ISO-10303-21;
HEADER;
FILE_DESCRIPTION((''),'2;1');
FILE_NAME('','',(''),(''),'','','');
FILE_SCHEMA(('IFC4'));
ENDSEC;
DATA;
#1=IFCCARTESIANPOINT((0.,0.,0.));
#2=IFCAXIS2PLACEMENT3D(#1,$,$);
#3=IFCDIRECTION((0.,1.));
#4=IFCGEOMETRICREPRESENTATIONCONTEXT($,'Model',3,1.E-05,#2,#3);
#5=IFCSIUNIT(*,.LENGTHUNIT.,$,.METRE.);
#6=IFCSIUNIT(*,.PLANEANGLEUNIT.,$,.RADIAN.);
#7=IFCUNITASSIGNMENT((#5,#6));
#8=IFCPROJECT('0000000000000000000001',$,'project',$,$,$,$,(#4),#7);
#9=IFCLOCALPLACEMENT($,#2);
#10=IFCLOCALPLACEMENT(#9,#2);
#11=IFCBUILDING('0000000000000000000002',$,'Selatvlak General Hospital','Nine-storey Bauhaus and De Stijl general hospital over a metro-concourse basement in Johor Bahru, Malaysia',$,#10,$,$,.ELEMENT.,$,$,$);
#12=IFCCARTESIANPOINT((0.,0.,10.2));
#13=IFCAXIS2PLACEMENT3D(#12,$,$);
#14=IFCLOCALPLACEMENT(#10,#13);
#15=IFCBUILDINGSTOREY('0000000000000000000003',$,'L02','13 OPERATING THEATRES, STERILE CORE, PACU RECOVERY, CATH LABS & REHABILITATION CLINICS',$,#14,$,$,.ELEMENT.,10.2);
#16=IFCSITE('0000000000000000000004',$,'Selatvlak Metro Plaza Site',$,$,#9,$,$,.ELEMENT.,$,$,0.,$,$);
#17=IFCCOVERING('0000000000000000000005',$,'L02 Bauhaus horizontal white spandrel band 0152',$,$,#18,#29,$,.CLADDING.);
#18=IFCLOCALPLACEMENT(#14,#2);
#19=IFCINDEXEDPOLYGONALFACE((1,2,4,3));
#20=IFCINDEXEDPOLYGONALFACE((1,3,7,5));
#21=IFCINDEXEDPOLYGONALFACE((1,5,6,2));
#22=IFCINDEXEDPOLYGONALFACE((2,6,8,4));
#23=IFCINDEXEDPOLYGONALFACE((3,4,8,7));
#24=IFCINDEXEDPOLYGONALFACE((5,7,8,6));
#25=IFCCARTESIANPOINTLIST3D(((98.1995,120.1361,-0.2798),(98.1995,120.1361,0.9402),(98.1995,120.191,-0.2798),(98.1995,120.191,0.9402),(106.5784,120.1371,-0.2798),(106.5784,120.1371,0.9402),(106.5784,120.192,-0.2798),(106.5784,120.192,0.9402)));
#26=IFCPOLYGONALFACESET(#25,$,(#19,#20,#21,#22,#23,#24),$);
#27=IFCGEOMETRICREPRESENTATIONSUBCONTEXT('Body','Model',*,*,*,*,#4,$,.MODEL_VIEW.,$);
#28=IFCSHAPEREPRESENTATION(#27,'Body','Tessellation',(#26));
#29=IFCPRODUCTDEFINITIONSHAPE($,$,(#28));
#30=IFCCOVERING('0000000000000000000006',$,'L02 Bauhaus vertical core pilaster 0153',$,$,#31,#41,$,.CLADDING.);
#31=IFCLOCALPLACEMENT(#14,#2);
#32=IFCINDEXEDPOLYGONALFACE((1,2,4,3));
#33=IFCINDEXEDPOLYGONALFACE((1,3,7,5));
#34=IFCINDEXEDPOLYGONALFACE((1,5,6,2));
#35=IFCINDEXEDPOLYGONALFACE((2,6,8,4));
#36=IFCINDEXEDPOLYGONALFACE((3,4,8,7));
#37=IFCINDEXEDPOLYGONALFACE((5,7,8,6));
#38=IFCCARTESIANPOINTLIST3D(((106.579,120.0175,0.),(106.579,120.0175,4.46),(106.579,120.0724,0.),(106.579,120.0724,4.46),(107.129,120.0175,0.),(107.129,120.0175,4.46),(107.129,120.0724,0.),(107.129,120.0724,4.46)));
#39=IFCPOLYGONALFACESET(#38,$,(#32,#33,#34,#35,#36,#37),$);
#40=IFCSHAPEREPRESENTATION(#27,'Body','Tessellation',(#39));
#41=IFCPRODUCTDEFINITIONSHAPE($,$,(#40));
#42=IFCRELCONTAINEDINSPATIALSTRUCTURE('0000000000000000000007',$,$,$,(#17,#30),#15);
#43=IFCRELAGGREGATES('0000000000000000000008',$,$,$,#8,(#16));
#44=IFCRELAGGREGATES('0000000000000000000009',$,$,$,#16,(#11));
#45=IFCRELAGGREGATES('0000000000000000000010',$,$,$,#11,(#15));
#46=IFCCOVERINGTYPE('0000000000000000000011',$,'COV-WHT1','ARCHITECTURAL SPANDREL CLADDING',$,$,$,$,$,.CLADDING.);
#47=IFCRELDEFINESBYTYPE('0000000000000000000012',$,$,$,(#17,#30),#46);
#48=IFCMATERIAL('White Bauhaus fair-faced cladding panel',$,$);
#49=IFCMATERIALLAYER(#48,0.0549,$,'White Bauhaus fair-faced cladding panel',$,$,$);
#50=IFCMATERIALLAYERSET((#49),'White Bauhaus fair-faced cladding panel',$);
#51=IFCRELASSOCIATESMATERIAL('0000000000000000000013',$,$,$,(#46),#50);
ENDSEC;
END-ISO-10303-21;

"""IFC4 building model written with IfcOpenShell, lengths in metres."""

from ifc_helpers import new_model, si_unit, direction, frame, origin, origin_2d, place, context, subcontext, project, spatial, rectangle, extrude, material, layer, layer_set, type_object, element, save


model = new_model("IFC4")

# Units and contexts
model_context = context("Model", 3, precision=1e-05, world=origin(), true_north=direction((0.0, 1.0)))
body_context = subcontext(model_context, "Body", "Model", "MODEL_VIEW")
ifc_project = project(units=[si_unit("LENGTHUNIT", "METRE"), si_unit("PLANEANGLEUNIT", "RADIAN")], contexts=[model_context])

# Site, building, storey
site_placement = place(None, origin())
site = spatial("IfcSite", under=ifc_project, at=site_placement, Name="Selatvlak Metro Plaza Site", CompositionType="ELEMENT", RefElevation=0.0)
building_placement = place(site_placement, origin())
building = spatial("IfcBuilding", under=site, at=building_placement, Name="Selatvlak General Hospital", Description="Nine-storey Bauhaus and De Stijl general hospital over a metro-concourse basement in Johor Bahru, Malaysia", CompositionType="ELEMENT")
storey_placement = place(building_placement, frame((0.0, 0.0, 10.2)))
storey = spatial("IfcBuildingStorey", under=building, at=storey_placement, Name="L02", Description="13 OPERATING THEATRES, STERILE CORE, PACU RECOVERY, CATH LABS & REHABILITATION CLINICS", CompositionType="ELEMENT", Elevation=10.2)

# Coverings
ifc_material_1 = material(Name="White Bauhaus fair-faced cladding panel")
ifc_layer_1 = layer(ifc_material_1, 0.0549, Name="White Bauhaus fair-faced cladding panel")
ifc_layer_set_1 = layer_set([ifc_layer_1], Name="White Bauhaus fair-faced cladding panel")
covering_type = type_object("IfcCoveringType", Name="COV-WHT1", Description="ARCHITECTURAL SPANDREL CLADDING", PredefinedType="CLADDING", material=ifc_layer_set_1)
covering_1_placement = place(storey_placement, frame((102.3889, 120.1641, -0.2798), z_axis=(0.0, 0.0, 1.0), x_axis=(1.0, 0.000122, 0.0)))
element("IfcCovering", 1, at=covering_1_placement, inside=storey, type_object=covering_type, Name="L02 Bauhaus horizontal white spandrel band 0152", PredefinedType="CLADDING", context=body_context, shape_type="SweptSolid", body=[
    extrude(rectangle(XDim=8.3789, YDim=0.0549, at=origin_2d()), origin(), (0.0, 0.0, 1.0), 1.22),
])
covering_2_placement = place(storey_placement, frame((106.854, 120.0449, 0.0), z_axis=(0.0, 0.0, 1.0), x_axis=(1.0, 0.0, 0.0)))
element("IfcCovering", 2, at=covering_2_placement, inside=storey, type_object=covering_type, Name="L02 Bauhaus vertical core pilaster 0153", PredefinedType="CLADDING", context=body_context, shape_type="SweptSolid", body=[
    extrude(rectangle(XDim=0.55, YDim=0.0549, at=origin_2d()), origin(), (0.0, 0.0, 1.0), 4.46),
])

save(model, "model.ifc")
